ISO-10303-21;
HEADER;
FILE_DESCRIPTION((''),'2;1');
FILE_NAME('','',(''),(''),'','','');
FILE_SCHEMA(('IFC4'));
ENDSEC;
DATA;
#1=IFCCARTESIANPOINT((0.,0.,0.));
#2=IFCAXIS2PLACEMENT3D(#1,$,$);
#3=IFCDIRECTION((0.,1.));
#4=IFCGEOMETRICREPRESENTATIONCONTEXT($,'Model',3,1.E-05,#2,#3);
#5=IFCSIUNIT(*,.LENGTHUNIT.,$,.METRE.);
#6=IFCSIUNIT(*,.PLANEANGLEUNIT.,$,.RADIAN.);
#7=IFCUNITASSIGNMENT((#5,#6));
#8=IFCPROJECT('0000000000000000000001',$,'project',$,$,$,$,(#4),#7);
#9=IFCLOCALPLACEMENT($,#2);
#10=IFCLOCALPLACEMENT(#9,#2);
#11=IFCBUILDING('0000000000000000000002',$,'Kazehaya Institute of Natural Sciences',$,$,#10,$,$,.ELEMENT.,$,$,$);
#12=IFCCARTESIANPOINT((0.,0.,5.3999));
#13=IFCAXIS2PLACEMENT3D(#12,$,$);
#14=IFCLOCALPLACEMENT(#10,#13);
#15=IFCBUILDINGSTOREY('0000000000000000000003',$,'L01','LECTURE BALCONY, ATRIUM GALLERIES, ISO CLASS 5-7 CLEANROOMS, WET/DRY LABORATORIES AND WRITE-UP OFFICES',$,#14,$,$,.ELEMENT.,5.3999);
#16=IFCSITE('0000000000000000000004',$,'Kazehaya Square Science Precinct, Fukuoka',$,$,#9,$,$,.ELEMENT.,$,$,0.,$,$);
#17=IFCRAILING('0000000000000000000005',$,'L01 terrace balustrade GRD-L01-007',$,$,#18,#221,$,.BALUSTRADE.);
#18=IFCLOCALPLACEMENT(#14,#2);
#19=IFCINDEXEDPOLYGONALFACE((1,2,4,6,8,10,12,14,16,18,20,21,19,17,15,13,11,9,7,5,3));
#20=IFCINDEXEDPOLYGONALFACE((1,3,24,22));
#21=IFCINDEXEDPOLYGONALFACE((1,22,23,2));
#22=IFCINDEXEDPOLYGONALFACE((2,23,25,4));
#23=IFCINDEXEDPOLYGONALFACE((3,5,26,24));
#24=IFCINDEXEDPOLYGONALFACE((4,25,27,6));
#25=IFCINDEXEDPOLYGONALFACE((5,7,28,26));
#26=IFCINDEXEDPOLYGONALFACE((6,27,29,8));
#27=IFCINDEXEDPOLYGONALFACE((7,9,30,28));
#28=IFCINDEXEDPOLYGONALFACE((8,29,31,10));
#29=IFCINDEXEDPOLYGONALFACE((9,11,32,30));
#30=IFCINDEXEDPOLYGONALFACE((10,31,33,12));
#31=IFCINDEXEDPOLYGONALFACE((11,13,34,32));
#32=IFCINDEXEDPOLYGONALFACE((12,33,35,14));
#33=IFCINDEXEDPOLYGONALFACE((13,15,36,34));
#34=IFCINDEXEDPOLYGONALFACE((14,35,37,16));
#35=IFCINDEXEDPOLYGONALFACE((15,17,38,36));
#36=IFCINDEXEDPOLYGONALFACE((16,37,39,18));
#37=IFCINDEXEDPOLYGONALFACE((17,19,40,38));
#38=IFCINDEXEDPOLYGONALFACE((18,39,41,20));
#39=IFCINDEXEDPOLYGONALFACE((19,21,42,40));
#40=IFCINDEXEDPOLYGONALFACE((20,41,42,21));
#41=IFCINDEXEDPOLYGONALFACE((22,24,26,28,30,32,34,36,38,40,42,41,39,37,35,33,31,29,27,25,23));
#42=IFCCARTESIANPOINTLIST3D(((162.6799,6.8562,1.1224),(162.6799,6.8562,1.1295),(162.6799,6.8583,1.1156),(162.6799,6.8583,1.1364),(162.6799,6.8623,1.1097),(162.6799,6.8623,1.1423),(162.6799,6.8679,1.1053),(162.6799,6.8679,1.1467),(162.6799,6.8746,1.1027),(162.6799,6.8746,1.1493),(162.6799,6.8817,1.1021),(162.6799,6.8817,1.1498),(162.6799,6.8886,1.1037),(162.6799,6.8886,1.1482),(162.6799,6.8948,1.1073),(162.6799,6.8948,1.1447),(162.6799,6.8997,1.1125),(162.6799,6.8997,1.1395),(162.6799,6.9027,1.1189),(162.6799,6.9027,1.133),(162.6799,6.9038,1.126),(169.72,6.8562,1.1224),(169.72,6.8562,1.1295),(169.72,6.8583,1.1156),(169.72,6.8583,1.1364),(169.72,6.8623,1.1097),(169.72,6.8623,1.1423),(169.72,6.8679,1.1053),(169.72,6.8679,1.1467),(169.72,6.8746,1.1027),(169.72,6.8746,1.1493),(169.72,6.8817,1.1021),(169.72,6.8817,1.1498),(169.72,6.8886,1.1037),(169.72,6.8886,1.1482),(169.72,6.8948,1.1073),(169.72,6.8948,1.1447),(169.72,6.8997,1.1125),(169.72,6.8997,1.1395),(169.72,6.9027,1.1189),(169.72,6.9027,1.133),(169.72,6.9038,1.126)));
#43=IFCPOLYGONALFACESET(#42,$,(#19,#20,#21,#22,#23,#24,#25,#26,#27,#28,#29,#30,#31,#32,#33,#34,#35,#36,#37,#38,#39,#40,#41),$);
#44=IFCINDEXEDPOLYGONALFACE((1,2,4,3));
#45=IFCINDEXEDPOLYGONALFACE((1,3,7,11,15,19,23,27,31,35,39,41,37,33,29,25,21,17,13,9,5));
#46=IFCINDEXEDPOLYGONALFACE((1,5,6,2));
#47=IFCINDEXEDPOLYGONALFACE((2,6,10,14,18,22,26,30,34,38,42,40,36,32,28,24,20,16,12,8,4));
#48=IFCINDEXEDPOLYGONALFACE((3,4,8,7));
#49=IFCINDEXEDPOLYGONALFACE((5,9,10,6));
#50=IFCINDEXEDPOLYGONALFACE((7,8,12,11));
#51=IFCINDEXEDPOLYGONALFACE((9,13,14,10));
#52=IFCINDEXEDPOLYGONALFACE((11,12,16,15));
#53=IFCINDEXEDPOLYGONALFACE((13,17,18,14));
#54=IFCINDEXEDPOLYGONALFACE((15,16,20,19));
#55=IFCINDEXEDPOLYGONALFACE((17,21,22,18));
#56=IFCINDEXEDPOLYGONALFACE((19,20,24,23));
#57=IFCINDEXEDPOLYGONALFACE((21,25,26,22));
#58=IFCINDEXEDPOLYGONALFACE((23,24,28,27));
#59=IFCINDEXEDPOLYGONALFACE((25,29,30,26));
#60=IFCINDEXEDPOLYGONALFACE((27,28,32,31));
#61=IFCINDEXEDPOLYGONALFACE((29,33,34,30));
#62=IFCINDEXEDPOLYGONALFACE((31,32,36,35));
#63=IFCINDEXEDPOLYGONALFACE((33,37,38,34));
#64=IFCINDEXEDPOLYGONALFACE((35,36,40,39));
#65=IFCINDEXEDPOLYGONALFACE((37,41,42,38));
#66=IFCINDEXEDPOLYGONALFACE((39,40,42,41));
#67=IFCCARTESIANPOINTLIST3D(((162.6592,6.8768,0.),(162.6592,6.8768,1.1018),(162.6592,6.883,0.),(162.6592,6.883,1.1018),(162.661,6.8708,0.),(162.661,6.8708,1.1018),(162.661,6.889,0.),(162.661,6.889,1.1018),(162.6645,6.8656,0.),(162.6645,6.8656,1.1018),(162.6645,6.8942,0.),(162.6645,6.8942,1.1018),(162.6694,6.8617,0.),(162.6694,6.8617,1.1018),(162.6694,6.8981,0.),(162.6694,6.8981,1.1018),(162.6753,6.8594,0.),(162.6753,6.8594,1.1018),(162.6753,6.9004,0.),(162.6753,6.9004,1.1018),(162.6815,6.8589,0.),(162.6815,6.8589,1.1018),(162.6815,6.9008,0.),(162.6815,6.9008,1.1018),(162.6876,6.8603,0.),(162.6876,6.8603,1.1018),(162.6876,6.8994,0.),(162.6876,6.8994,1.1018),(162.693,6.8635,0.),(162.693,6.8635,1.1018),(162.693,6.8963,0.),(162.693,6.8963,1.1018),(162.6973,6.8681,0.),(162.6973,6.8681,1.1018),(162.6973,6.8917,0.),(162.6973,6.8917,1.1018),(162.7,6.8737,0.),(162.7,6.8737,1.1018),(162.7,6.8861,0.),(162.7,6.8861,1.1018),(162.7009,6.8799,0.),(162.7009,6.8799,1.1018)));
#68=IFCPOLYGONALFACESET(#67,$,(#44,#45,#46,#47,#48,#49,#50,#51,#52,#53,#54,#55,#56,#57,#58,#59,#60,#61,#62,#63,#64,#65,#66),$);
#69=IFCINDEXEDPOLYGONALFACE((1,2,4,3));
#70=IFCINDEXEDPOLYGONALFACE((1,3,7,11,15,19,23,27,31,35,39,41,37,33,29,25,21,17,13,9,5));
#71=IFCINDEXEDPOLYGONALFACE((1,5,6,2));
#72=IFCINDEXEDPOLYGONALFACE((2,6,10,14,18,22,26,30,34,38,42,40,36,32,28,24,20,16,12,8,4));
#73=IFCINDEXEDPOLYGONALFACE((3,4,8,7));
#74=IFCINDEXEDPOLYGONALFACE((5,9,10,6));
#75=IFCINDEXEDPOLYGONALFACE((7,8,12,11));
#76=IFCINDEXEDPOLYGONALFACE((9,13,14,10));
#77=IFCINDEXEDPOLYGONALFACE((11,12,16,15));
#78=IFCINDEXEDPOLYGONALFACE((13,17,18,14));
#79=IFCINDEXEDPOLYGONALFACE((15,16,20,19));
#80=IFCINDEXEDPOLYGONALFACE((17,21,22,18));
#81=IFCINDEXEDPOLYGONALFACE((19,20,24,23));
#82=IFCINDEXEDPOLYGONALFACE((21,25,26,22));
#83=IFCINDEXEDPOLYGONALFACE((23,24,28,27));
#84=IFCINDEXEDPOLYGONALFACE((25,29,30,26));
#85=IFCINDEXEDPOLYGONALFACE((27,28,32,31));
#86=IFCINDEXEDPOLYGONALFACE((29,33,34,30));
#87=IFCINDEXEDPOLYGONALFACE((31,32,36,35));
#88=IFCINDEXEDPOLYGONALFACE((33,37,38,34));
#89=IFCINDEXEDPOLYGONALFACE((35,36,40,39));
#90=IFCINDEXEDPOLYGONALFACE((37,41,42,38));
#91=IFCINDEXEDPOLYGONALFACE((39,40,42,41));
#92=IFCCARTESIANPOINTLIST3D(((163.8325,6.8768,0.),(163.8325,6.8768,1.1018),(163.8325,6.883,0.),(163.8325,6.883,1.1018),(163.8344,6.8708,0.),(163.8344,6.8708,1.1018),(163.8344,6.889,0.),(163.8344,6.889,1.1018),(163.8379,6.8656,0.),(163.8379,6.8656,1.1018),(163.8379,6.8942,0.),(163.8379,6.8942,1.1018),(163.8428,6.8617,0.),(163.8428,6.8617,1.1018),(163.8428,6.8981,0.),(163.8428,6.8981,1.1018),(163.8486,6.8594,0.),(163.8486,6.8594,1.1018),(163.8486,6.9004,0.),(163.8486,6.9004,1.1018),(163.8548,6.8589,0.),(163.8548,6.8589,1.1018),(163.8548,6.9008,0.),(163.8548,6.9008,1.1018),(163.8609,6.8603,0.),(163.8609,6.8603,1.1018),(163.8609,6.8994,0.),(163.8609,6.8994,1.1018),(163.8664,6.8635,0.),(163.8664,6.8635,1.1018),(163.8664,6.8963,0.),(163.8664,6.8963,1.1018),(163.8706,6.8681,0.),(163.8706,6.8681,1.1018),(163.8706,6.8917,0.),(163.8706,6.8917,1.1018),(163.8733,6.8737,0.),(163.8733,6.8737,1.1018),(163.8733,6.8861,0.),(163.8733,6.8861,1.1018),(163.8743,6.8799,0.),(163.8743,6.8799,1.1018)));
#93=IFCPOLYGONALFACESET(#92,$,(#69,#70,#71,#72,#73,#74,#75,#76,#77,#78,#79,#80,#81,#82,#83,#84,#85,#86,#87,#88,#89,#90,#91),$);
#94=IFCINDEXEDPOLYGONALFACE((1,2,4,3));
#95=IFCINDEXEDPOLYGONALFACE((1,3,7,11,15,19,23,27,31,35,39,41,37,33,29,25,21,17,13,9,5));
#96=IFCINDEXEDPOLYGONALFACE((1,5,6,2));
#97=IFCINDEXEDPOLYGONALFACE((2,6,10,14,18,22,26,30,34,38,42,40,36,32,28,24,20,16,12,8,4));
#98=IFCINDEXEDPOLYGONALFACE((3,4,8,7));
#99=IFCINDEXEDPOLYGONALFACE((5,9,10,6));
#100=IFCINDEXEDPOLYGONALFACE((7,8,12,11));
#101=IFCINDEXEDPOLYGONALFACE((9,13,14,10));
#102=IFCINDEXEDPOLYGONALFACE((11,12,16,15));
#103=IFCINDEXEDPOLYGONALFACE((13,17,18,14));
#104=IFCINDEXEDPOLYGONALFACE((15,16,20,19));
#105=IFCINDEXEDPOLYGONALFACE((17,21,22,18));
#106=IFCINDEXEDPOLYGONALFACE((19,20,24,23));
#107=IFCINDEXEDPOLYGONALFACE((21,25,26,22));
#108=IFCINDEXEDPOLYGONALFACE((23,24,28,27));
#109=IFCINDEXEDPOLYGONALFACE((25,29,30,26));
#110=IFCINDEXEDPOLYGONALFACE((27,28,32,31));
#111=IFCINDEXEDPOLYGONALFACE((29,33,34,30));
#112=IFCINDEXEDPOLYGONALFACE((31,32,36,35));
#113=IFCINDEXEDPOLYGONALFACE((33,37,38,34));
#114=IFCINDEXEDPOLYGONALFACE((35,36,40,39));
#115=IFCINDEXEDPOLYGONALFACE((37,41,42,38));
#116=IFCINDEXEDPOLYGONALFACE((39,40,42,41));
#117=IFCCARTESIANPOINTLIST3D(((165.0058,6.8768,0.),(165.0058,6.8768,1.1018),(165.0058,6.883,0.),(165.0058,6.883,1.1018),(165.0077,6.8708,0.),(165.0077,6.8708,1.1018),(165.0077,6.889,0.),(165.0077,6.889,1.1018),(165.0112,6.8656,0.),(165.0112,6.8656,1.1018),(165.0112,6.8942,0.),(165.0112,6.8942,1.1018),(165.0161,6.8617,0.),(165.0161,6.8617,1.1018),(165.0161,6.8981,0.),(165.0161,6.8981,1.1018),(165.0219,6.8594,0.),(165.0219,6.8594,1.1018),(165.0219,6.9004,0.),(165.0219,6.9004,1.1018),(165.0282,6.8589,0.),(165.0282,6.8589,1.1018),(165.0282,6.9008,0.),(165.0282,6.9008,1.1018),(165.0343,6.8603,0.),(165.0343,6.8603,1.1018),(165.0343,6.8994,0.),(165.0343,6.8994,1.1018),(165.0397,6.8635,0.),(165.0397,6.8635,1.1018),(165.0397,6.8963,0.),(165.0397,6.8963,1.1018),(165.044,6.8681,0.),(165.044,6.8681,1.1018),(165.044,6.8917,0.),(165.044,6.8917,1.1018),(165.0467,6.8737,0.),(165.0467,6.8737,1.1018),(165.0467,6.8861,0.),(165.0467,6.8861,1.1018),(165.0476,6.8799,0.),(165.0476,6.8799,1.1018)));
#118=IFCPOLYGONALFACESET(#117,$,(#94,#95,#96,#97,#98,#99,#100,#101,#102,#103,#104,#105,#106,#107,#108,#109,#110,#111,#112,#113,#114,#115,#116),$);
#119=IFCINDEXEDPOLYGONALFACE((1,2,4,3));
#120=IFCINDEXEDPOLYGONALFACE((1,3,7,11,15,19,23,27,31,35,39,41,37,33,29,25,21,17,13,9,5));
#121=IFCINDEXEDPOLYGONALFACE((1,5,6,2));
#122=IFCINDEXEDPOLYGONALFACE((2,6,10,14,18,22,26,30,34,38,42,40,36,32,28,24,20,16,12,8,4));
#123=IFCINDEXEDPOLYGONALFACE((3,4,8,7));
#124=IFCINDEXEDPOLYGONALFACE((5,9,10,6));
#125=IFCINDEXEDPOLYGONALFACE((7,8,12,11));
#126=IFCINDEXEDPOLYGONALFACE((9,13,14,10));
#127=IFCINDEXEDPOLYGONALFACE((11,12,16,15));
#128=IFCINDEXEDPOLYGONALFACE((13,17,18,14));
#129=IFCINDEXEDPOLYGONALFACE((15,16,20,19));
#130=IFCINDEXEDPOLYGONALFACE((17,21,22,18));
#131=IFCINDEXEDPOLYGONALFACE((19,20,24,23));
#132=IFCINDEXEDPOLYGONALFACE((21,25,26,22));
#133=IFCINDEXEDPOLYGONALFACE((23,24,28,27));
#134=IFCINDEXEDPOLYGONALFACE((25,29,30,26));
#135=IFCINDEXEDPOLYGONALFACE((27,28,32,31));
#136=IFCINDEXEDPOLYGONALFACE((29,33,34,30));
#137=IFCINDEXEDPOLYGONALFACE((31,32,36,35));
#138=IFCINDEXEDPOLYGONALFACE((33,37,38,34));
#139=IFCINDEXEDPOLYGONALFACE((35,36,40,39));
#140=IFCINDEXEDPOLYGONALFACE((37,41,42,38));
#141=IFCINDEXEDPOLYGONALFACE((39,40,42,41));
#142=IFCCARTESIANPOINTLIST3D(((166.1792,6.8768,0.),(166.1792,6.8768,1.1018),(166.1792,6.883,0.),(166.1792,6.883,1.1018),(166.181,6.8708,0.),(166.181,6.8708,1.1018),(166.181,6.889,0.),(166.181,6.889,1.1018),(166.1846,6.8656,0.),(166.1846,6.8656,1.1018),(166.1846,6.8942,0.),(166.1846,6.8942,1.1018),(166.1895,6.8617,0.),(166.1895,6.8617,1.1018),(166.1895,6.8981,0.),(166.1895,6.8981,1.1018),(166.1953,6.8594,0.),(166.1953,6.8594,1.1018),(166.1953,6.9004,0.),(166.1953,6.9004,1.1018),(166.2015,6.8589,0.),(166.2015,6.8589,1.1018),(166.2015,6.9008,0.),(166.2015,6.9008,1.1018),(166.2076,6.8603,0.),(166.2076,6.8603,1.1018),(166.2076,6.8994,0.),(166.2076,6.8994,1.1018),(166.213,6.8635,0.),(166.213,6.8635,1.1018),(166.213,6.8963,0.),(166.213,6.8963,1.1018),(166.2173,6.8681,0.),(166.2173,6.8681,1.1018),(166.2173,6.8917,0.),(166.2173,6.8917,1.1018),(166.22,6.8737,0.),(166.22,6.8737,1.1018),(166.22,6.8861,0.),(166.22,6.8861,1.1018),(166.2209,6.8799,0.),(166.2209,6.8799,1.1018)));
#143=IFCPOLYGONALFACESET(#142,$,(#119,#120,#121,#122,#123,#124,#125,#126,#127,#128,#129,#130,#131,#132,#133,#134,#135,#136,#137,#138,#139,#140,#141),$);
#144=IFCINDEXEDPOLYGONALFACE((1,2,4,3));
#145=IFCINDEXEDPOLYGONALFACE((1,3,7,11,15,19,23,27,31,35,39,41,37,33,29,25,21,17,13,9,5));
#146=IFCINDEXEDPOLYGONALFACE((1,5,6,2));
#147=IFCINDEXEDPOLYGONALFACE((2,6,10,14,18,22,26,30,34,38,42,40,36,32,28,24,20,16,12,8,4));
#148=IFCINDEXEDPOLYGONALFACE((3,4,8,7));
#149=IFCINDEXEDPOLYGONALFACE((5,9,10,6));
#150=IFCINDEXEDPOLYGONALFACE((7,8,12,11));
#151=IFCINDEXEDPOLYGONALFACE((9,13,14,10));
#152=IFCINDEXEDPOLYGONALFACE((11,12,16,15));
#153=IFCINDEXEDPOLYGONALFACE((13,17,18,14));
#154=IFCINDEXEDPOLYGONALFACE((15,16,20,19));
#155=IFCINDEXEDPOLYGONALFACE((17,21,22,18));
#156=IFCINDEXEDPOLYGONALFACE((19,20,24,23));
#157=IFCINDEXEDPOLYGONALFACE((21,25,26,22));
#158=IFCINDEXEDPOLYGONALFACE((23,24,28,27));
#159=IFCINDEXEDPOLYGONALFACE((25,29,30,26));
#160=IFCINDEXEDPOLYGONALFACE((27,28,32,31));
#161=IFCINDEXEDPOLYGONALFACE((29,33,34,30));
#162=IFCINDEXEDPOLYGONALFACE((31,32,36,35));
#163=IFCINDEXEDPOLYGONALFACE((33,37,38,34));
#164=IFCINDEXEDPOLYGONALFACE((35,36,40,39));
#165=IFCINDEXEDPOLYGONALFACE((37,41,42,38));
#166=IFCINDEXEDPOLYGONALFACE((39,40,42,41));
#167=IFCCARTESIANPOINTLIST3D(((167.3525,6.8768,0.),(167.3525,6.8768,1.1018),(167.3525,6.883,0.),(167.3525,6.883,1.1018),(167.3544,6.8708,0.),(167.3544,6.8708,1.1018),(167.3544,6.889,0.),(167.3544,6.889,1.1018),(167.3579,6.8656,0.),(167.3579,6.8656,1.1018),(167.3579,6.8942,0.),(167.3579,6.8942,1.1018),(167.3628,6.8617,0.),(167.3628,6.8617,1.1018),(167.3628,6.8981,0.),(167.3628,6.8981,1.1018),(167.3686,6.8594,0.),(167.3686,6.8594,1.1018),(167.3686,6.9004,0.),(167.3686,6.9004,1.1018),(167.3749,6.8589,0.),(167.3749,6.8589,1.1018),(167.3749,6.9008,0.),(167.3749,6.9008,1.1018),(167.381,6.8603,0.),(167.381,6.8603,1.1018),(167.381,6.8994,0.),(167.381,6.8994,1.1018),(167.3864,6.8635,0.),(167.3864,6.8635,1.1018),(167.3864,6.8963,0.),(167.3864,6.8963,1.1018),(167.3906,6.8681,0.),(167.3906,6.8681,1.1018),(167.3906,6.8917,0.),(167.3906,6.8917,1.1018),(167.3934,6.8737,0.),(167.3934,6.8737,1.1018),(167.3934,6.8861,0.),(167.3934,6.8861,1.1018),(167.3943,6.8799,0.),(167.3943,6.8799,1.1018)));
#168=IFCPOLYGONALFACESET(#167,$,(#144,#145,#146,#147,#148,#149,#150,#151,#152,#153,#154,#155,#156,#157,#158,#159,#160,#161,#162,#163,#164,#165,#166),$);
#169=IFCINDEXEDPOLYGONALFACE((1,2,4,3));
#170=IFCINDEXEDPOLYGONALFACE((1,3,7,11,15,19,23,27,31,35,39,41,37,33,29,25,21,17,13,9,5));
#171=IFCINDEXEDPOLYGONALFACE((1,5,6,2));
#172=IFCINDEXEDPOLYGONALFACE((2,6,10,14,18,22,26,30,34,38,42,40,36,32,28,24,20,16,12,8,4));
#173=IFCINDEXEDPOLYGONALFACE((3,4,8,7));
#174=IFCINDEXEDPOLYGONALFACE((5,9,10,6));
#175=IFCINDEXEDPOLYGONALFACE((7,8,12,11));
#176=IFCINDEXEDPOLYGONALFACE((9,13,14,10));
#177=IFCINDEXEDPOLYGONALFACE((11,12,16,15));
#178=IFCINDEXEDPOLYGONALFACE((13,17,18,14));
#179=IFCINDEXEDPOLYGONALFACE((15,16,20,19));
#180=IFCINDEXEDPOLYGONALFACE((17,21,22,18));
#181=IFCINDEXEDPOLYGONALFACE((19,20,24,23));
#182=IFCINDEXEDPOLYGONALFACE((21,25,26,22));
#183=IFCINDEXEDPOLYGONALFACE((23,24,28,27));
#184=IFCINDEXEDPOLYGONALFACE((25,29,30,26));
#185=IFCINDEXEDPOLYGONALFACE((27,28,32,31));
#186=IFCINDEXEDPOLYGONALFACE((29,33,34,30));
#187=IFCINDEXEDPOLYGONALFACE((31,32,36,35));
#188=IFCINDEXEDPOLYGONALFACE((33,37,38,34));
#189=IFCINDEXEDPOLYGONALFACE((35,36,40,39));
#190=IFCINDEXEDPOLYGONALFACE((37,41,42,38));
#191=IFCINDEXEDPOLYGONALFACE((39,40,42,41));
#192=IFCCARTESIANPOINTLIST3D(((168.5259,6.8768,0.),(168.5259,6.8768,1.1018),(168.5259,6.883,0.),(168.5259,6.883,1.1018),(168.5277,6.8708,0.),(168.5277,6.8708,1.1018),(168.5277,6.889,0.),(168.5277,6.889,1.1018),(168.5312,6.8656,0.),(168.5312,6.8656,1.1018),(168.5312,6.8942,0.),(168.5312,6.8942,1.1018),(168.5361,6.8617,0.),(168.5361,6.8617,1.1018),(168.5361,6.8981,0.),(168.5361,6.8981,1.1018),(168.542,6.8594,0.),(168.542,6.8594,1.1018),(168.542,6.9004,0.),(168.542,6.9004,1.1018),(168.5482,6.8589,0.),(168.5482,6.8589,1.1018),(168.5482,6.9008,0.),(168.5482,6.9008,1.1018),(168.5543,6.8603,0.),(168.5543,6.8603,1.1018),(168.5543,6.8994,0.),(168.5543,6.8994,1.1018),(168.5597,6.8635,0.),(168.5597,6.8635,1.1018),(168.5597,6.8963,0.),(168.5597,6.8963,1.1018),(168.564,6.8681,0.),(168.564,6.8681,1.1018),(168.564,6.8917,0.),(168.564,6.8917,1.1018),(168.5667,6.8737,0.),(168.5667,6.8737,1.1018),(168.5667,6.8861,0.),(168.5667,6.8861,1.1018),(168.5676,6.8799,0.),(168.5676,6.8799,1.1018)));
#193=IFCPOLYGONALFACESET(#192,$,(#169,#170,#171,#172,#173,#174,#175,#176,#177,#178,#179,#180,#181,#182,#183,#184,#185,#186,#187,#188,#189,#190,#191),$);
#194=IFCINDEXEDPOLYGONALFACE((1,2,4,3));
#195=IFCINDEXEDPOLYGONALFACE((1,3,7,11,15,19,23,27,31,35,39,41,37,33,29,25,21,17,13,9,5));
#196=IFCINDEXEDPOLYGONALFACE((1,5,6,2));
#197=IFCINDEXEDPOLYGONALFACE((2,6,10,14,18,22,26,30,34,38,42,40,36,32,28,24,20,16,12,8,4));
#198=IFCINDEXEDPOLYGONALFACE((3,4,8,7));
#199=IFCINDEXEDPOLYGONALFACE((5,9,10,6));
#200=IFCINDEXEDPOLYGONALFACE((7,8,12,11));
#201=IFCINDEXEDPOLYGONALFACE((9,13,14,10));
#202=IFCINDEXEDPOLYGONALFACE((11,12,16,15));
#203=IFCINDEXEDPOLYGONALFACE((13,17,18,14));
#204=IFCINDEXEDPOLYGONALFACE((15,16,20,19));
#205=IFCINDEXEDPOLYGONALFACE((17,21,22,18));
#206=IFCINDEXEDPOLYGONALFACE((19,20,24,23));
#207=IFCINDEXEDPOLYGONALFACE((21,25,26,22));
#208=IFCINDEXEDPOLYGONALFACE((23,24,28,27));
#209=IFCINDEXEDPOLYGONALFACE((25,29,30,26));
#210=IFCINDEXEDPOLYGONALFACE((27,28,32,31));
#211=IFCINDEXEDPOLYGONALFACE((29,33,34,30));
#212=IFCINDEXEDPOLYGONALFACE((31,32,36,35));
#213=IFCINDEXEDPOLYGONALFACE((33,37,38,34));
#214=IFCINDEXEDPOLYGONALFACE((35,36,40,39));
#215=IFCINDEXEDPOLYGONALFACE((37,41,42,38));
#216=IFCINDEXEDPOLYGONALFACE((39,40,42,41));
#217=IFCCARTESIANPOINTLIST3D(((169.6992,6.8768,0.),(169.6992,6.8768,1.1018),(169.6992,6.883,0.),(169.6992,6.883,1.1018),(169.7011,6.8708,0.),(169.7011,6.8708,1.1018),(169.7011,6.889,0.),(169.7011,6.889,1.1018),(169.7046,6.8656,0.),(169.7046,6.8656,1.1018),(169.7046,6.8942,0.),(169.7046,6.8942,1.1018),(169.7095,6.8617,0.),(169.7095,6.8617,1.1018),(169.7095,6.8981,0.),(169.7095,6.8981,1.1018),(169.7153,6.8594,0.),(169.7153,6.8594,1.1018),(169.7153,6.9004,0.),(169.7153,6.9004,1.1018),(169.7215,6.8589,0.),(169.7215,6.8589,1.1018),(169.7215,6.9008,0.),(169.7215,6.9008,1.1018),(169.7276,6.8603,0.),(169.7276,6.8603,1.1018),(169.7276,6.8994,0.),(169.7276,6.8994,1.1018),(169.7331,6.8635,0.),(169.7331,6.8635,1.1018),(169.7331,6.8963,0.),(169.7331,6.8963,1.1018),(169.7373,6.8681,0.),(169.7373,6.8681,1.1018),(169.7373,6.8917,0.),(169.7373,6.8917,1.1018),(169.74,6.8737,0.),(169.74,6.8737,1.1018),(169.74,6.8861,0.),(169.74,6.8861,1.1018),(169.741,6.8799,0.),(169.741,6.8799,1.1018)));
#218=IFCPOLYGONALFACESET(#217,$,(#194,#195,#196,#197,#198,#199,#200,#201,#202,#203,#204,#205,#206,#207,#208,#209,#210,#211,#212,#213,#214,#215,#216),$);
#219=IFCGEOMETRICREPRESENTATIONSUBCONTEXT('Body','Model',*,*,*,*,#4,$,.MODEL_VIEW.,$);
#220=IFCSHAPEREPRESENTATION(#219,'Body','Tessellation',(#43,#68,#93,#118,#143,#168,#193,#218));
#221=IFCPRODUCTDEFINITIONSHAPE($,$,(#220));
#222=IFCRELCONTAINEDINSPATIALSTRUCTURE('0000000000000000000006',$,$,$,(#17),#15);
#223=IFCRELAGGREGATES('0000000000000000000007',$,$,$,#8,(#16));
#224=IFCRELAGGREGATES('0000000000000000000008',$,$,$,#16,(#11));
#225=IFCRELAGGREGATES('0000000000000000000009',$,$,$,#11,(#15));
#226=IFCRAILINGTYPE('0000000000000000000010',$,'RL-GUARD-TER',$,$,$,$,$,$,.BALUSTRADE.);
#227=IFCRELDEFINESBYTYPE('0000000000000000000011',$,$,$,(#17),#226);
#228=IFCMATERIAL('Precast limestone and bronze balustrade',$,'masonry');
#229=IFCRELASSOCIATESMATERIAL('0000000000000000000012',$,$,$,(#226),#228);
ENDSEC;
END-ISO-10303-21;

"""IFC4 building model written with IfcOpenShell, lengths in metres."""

from ifc_helpers import new_model, si_unit, direction, frame, origin, origin_2d, place, context, subcontext, project, spatial, circle, extrude, material, type_object, element, save


model = new_model("IFC4")

# Units and contexts
model_context = context("Model", 3, precision=1e-05, world=origin(), true_north=direction((0.0, 1.0)))
body_context = subcontext(model_context, "Body", "Model", "MODEL_VIEW")
ifc_project = project(units=[si_unit("LENGTHUNIT", "METRE"), si_unit("PLANEANGLEUNIT", "RADIAN")], contexts=[model_context])

# Site, building, storey
site_placement = place(None, origin())
site = spatial("IfcSite", under=ifc_project, at=site_placement, Name="Kazehaya Square Science Precinct, Fukuoka", CompositionType="ELEMENT", RefElevation=0.0)
building_placement = place(site_placement, origin())
building = spatial("IfcBuilding", under=site, at=building_placement, Name="Kazehaya Institute of Natural Sciences", CompositionType="ELEMENT")
storey_placement = place(building_placement, frame((0.0, 0.0, 5.3999)))
storey = spatial("IfcBuildingStorey", under=building, at=storey_placement, Name="L01", Description="LECTURE BALCONY, ATRIUM GALLERIES, ISO CLASS 5-7 CLEANROOMS, WET/DRY LABORATORIES AND WRITE-UP OFFICES", CompositionType="ELEMENT", Elevation=5.3999)

# Railing
ifc_material_1 = material(Name="Precast limestone and bronze balustrade", Category="masonry")
railing_type_1 = type_object("IfcRailingType", Name="RL-GUARD-TER", PredefinedType="BALUSTRADE", material=ifc_material_1)
railing_1_placement = place(storey_placement, frame((162.6799, 6.8799, 0.0)))
element("IfcRailing", 1, at=railing_1_placement, inside=storey, type_object=railing_type_1, Name="L01 terrace balustrade GRD-L01-007", PredefinedType="BALUSTRADE", context=body_context, shape_type="SweptSolid", body=[
    extrude(circle(Radius=0.0239, at=origin_2d()), frame((0.0, 0.0, 1.126), z_axis=(1.0, 0.0, 0.0), x_axis=(0.0, 1.0, 0.0)), (0.0, 0.0, 1.0), 7.04),
    extrude(circle(Radius=0.021, at=origin_2d()), origin(), (0.0, 0.0, 1.0), 1.1018),
    extrude(circle(Radius=0.021, at=origin_2d()), frame((1.1733, 0.0, 0.0)), (0.0, 0.0, 1.0), 1.1018),
    extrude(circle(Radius=0.021, at=origin_2d()), frame((2.3467, 0.0, 0.0)), (0.0, 0.0, 1.0), 1.1018),
    extrude(circle(Radius=0.021, at=origin_2d()), frame((3.52, 0.0, 0.0)), (0.0, 0.0, 1.0), 1.1018),
    extrude(circle(Radius=0.021, at=origin_2d()), frame((4.6934, 0.0, 0.0)), (0.0, 0.0, 1.0), 1.1018),
    extrude(circle(Radius=0.021, at=origin_2d()), frame((5.8667, 0.0, 0.0)), (0.0, 0.0, 1.0), 1.1018),
    extrude(circle(Radius=0.021, at=origin_2d()), frame((7.04, 0.0, 0.0)), (0.0, 0.0, 1.0), 1.1018),
])

save(model, "model.ifc")
